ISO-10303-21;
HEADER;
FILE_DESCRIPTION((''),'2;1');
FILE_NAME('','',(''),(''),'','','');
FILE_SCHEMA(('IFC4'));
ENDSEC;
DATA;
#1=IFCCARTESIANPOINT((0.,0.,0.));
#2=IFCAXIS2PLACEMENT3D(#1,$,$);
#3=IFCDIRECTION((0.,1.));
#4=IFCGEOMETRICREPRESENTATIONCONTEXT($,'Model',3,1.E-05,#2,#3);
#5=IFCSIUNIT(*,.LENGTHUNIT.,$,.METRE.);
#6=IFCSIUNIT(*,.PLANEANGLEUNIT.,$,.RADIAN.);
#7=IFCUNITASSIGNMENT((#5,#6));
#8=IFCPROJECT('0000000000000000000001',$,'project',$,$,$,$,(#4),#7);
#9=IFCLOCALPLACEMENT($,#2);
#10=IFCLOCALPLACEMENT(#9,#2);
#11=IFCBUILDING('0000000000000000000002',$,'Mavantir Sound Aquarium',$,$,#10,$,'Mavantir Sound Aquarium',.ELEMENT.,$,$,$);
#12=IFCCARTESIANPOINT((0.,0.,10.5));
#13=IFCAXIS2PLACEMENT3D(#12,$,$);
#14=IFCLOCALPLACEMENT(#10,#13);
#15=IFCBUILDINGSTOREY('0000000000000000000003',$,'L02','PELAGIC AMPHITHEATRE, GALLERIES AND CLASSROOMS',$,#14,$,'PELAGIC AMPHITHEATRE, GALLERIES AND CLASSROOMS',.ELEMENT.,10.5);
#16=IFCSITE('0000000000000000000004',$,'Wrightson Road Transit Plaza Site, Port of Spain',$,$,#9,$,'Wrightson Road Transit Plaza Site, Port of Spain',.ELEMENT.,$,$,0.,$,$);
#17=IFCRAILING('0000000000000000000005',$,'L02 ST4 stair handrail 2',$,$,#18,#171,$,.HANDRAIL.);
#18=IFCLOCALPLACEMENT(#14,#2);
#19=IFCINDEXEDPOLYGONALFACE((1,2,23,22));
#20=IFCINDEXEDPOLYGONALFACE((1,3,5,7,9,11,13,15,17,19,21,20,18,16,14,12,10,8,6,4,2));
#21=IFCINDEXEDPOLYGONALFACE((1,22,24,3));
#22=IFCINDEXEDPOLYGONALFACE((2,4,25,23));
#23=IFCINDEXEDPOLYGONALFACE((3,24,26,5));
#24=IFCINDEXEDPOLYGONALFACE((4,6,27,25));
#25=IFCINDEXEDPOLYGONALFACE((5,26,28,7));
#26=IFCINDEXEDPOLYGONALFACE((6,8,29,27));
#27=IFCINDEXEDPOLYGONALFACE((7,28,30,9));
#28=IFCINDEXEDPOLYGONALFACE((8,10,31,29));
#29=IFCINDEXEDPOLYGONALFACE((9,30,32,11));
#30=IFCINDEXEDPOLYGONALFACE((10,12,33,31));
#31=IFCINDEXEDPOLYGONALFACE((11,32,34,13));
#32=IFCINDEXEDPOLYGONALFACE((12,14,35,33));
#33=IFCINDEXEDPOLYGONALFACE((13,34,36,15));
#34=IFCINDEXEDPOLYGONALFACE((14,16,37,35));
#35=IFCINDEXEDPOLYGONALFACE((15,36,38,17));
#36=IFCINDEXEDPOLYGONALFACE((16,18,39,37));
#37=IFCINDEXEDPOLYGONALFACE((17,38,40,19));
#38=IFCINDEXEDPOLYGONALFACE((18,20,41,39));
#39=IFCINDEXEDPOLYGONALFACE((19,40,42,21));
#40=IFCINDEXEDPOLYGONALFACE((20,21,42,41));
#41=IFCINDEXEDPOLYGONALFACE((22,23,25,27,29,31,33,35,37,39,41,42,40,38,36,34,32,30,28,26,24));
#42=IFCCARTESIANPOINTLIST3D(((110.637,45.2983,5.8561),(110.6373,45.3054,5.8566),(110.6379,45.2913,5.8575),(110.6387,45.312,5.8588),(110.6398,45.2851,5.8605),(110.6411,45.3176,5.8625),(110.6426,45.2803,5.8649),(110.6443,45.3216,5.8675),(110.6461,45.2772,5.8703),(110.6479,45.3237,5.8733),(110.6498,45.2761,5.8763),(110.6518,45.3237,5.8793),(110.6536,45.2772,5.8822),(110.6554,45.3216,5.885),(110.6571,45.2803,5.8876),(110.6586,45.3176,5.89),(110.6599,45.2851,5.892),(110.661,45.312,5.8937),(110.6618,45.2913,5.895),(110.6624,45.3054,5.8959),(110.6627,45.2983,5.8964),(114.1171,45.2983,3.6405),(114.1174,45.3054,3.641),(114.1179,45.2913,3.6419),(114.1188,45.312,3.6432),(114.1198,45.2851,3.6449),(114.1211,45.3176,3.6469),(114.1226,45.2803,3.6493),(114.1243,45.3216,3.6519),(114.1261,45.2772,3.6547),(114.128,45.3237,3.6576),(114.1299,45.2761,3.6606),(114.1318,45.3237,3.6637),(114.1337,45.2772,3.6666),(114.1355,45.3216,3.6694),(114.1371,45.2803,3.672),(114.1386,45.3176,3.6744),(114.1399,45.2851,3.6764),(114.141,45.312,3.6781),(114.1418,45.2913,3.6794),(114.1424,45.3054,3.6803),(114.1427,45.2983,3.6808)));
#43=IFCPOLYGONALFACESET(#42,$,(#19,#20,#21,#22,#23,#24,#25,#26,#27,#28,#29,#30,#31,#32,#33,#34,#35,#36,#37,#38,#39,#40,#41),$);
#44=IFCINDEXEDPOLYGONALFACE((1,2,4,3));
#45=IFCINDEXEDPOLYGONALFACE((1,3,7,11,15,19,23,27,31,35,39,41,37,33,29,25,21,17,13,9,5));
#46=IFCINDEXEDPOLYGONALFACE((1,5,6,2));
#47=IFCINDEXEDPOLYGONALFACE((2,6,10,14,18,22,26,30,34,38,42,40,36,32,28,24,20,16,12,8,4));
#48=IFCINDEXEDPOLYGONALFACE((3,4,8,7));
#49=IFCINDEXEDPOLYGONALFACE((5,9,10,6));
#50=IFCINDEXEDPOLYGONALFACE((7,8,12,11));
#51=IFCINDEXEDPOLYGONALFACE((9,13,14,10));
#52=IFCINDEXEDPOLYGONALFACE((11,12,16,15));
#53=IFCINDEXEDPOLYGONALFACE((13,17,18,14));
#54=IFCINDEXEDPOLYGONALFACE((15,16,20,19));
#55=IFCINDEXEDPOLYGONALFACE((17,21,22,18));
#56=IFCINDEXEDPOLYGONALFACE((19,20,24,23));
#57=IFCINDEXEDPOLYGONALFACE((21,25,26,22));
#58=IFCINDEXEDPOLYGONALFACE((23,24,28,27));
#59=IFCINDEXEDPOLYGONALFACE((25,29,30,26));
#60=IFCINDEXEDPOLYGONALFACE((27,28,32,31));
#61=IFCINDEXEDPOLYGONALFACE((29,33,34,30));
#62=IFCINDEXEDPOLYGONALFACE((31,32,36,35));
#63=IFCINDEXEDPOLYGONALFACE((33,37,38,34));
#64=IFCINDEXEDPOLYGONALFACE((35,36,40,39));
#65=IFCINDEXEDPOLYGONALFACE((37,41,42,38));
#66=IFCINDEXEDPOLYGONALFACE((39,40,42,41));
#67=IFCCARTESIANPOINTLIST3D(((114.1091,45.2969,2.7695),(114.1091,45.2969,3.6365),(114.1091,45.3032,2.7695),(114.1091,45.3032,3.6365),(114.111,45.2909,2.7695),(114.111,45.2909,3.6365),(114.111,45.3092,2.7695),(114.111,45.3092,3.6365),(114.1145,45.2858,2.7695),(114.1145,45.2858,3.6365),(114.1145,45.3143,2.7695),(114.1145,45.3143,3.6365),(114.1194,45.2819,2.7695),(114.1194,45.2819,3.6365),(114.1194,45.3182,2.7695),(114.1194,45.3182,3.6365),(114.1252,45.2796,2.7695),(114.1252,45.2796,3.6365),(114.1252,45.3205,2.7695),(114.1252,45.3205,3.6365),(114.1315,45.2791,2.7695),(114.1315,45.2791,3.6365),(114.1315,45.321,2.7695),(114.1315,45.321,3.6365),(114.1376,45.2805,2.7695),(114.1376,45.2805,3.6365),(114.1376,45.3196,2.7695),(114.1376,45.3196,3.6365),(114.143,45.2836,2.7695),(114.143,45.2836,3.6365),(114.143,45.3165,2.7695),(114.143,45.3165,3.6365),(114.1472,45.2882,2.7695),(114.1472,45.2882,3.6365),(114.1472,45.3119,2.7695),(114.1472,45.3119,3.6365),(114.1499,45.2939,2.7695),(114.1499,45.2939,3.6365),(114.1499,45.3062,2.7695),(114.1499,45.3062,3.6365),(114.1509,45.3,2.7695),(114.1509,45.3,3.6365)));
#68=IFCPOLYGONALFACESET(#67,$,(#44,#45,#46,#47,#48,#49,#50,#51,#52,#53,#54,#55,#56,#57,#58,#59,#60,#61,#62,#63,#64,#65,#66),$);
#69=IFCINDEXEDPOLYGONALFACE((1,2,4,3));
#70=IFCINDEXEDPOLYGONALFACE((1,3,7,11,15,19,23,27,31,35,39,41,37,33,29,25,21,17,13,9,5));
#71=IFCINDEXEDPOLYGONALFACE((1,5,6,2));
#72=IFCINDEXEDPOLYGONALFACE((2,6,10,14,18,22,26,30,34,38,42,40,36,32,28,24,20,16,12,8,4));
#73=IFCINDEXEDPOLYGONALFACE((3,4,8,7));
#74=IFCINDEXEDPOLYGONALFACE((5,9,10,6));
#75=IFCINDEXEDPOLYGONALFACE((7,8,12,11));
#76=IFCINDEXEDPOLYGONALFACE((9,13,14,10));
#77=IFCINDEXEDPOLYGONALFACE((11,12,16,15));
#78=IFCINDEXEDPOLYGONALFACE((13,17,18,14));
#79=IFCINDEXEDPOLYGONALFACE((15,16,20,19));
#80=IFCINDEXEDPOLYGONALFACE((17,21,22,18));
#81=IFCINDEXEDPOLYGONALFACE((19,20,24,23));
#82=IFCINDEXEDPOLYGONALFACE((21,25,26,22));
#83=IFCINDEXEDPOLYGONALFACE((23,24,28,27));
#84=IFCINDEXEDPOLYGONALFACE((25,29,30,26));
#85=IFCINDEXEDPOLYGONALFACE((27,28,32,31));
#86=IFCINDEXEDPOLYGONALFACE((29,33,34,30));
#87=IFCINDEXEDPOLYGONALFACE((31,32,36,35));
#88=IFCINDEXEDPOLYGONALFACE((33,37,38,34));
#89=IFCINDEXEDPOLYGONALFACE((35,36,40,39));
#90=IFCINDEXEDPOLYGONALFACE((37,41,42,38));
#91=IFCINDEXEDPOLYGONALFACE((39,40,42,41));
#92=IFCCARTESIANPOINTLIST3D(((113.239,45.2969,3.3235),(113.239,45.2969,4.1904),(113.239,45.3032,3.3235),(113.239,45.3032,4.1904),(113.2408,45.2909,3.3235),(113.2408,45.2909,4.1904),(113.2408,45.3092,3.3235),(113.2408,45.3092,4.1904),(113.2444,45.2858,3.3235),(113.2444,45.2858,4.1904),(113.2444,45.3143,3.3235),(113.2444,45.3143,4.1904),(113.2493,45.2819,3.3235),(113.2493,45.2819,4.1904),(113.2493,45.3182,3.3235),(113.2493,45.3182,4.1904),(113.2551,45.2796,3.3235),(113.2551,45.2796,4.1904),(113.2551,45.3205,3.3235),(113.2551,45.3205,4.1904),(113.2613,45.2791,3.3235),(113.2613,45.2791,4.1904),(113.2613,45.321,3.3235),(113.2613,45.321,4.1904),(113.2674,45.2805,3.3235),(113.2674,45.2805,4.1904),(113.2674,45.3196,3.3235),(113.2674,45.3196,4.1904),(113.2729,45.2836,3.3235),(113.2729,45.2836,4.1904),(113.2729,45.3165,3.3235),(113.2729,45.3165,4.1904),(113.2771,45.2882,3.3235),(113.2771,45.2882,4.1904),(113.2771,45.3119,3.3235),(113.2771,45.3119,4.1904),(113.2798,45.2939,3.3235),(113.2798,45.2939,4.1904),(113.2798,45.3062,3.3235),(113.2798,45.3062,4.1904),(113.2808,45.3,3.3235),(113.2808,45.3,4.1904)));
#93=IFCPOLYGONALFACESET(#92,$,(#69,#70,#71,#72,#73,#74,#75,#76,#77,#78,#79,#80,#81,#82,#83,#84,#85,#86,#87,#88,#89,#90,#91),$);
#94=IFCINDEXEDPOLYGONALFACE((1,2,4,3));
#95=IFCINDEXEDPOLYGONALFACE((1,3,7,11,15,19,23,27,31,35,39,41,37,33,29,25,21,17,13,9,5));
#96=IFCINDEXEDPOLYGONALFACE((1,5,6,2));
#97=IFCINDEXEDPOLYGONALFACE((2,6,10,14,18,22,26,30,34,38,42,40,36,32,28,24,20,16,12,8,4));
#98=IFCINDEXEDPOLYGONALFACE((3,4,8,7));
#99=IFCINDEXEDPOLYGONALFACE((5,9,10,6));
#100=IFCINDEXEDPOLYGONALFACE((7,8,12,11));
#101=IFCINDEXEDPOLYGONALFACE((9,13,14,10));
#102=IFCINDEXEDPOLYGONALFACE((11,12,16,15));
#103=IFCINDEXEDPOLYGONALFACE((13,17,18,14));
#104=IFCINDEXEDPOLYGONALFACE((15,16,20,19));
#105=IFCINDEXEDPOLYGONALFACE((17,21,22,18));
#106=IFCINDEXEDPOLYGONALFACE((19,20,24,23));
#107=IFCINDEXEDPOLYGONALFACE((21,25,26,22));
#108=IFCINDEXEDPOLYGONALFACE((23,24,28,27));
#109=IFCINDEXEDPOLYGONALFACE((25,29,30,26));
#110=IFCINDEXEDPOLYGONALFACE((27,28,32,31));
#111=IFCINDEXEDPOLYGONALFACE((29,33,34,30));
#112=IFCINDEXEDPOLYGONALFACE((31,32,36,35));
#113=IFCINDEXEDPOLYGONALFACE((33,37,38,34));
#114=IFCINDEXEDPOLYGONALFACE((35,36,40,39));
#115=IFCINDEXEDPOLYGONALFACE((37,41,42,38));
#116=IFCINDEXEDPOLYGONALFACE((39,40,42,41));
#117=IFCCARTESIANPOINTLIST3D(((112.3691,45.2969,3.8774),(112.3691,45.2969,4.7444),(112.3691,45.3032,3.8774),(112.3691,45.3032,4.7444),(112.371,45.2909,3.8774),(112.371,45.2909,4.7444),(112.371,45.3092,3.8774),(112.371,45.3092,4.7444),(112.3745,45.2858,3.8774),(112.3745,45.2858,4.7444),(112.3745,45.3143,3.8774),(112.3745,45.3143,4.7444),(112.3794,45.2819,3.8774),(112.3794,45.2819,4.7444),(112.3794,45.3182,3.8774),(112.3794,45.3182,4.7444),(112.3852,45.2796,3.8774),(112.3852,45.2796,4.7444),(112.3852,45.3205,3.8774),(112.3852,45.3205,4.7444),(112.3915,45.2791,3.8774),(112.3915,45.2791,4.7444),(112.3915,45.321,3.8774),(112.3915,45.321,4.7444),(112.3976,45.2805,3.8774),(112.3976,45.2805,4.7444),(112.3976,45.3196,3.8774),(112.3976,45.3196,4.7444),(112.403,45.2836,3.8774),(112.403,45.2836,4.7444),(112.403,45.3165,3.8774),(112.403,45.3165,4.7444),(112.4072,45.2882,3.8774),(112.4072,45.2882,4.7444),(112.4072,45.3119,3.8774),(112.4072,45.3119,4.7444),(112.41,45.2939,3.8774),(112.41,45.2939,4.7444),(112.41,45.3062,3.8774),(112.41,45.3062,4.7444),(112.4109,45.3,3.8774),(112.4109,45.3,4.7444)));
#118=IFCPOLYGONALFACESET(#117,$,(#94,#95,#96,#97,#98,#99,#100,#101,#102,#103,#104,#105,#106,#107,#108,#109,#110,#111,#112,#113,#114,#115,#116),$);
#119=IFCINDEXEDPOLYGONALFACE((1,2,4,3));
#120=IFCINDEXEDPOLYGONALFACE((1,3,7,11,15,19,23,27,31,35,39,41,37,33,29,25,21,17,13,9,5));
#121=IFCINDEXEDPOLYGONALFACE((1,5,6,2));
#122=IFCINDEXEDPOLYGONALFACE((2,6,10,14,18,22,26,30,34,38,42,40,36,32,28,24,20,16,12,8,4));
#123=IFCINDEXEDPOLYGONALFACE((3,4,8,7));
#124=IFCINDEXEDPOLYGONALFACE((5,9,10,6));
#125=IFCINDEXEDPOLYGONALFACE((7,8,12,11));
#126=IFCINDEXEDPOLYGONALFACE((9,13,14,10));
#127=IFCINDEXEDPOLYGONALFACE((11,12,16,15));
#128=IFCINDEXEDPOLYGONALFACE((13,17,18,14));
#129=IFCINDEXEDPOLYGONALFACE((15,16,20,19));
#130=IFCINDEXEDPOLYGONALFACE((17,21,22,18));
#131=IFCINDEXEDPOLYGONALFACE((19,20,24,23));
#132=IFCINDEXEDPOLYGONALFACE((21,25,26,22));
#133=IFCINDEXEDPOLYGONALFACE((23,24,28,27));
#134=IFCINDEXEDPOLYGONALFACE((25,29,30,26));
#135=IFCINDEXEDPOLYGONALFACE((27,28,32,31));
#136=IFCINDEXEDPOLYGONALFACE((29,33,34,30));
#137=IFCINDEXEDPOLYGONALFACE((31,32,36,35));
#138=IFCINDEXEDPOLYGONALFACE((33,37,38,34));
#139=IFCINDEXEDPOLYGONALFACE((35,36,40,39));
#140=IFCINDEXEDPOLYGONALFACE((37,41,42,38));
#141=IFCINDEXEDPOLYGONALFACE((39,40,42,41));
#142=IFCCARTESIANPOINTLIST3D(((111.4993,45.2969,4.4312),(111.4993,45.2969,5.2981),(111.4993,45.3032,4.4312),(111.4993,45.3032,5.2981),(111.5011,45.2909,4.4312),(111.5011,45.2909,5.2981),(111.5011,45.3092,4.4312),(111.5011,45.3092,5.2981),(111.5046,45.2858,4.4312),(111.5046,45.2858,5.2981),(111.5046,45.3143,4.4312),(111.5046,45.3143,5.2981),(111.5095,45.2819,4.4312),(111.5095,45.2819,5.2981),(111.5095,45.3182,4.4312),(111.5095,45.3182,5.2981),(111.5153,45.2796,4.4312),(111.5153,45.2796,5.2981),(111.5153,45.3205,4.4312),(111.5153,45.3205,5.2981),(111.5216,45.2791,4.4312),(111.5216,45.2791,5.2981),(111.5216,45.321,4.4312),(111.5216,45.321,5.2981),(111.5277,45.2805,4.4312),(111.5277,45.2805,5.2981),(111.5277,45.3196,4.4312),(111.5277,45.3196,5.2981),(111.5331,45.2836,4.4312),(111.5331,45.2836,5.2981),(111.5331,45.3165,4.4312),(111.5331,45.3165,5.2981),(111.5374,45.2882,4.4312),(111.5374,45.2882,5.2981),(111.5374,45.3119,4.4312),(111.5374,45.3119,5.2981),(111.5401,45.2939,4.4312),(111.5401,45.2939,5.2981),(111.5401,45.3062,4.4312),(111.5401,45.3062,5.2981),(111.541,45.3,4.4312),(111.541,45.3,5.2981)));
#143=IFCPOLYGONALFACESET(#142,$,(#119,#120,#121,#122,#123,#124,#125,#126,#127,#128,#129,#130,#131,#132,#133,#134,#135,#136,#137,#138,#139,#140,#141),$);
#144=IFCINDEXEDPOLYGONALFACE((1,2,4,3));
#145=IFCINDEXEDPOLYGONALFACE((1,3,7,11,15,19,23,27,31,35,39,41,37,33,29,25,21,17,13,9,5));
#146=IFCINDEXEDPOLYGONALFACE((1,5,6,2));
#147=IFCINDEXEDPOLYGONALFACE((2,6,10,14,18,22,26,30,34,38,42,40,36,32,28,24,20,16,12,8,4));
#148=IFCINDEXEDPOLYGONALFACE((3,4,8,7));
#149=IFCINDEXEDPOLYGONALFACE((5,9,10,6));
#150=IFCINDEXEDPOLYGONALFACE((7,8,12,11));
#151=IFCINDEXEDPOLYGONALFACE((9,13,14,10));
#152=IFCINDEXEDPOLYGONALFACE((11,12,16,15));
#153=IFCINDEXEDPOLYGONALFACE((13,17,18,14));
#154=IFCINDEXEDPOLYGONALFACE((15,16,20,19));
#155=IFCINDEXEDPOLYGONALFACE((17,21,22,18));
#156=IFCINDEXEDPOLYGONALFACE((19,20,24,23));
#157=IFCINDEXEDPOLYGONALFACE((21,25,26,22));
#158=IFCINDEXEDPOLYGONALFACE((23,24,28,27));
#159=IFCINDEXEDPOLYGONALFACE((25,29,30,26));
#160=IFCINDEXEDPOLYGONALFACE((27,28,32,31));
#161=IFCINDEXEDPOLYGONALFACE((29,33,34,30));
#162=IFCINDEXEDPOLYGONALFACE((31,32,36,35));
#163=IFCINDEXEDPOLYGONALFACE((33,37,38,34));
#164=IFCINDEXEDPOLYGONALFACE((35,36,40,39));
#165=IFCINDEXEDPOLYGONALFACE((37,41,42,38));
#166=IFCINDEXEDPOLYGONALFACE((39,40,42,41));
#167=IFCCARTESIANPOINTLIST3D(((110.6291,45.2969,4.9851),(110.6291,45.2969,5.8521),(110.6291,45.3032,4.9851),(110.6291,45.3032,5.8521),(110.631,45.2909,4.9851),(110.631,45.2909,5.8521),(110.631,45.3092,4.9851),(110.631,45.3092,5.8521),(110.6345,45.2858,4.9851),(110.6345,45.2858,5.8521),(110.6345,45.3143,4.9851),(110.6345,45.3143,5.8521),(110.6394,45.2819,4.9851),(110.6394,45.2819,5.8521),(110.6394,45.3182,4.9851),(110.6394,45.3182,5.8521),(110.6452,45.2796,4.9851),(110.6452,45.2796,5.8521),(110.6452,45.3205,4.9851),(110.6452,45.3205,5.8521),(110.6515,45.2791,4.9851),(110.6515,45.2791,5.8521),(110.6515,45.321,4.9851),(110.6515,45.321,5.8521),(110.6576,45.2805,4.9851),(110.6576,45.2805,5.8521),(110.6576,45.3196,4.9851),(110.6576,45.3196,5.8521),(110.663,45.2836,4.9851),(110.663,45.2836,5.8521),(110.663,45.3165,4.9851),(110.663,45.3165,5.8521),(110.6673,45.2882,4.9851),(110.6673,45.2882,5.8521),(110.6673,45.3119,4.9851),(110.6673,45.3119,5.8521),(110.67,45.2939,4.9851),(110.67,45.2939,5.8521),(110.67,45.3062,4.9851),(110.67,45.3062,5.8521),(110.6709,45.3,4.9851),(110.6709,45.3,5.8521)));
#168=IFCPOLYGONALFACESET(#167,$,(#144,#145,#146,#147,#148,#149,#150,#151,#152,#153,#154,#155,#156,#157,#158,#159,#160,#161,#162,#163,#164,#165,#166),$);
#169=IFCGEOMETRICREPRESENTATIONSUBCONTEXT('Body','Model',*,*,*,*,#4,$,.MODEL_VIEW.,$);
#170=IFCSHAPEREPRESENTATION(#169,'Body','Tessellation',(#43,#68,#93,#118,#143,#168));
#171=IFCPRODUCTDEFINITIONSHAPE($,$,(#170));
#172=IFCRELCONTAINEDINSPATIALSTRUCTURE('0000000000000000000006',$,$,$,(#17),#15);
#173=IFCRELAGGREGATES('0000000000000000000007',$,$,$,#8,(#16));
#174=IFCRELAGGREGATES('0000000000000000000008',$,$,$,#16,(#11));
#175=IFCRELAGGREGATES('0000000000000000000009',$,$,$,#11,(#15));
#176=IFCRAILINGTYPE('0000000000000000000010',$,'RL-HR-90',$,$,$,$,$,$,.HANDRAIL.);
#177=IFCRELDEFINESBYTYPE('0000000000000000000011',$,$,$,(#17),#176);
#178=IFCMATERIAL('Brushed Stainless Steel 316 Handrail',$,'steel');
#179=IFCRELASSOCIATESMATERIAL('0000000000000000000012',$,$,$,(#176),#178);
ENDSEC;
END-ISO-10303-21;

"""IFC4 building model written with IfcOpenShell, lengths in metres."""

from ifc_helpers import new_model, si_unit, direction, frame, origin, origin_2d, place, context, subcontext, project, spatial, circle, extrude, material, type_object, element, save


model = new_model("IFC4")

# Units and contexts
model_context = context("Model", 3, precision=1e-05, world=origin(), true_north=direction((0.0, 1.0)))
body_context = subcontext(model_context, "Body", "Model", "MODEL_VIEW")
ifc_project = project(units=[si_unit("LENGTHUNIT", "METRE"), si_unit("PLANEANGLEUNIT", "RADIAN")], contexts=[model_context])

# Site, building, storey
site_placement = place(None, origin())
site = spatial("IfcSite", under=ifc_project, at=site_placement, Name="Wrightson Road Transit Plaza Site, Port of Spain", LongName="Wrightson Road Transit Plaza Site, Port of Spain", CompositionType="ELEMENT", RefElevation=0.0)
building_placement = place(site_placement, origin())
building = spatial("IfcBuilding", under=site, at=building_placement, Name="Mavantir Sound Aquarium", LongName="Mavantir Sound Aquarium", CompositionType="ELEMENT")
storey_placement = place(building_placement, frame((0.0, 0.0, 10.5)))
storey = spatial("IfcBuildingStorey", under=building, at=storey_placement, Name="L02", Description="PELAGIC AMPHITHEATRE, GALLERIES AND CLASSROOMS", LongName="PELAGIC AMPHITHEATRE, GALLERIES AND CLASSROOMS", CompositionType="ELEMENT", Elevation=10.5)

# Railing
ifc_material_1 = material(Name="Brushed Stainless Steel 316 Handrail", Category="steel")
railing_type_1 = type_object("IfcRailingType", Name="RL-HR-90", PredefinedType="HANDRAIL", material=ifc_material_1)
railing_1_placement = place(storey_placement, frame((114.1299, 45.3, 2.7695)))
element("IfcRailing", 1, at=railing_1_placement, inside=storey, type_object=railing_type_1, Name="L02 ST4 stair handrail 2", PredefinedType="HANDRAIL", context=body_context, shape_type="SweptSolid", body=[
    extrude(circle(Radius=0.0239, at=origin_2d()), frame((0.0, 0.0, 0.8911), z_axis=(-0.843547, 0.0, 0.537055), x_axis=(0.0, -1.0, 0.0)), (0.0, 0.0, 1.0), 4.1255),
    extrude(circle(Radius=0.021, at=origin_2d()), origin(), (0.0, 0.0, 1.0), 0.8669),
    extrude(circle(Radius=0.021, at=origin_2d()), frame((-0.8701, 0.0, 0.554)), (0.0, 0.0, 1.0), 0.8669),
    extrude(circle(Radius=0.021, at=origin_2d()), frame((-1.74, 0.0, 1.1079)), (0.0, 0.0, 1.0), 0.8669),
    extrude(circle(Radius=0.021, at=origin_2d()), frame((-2.6099, 0.0, 1.6616)), (0.0, 0.0, 1.0), 0.8669),
    extrude(circle(Radius=0.021, at=origin_2d()), frame((-3.48, 0.0, 2.2156)), (0.0, 0.0, 1.0), 0.8669),
])

save(model, "model.ifc")
